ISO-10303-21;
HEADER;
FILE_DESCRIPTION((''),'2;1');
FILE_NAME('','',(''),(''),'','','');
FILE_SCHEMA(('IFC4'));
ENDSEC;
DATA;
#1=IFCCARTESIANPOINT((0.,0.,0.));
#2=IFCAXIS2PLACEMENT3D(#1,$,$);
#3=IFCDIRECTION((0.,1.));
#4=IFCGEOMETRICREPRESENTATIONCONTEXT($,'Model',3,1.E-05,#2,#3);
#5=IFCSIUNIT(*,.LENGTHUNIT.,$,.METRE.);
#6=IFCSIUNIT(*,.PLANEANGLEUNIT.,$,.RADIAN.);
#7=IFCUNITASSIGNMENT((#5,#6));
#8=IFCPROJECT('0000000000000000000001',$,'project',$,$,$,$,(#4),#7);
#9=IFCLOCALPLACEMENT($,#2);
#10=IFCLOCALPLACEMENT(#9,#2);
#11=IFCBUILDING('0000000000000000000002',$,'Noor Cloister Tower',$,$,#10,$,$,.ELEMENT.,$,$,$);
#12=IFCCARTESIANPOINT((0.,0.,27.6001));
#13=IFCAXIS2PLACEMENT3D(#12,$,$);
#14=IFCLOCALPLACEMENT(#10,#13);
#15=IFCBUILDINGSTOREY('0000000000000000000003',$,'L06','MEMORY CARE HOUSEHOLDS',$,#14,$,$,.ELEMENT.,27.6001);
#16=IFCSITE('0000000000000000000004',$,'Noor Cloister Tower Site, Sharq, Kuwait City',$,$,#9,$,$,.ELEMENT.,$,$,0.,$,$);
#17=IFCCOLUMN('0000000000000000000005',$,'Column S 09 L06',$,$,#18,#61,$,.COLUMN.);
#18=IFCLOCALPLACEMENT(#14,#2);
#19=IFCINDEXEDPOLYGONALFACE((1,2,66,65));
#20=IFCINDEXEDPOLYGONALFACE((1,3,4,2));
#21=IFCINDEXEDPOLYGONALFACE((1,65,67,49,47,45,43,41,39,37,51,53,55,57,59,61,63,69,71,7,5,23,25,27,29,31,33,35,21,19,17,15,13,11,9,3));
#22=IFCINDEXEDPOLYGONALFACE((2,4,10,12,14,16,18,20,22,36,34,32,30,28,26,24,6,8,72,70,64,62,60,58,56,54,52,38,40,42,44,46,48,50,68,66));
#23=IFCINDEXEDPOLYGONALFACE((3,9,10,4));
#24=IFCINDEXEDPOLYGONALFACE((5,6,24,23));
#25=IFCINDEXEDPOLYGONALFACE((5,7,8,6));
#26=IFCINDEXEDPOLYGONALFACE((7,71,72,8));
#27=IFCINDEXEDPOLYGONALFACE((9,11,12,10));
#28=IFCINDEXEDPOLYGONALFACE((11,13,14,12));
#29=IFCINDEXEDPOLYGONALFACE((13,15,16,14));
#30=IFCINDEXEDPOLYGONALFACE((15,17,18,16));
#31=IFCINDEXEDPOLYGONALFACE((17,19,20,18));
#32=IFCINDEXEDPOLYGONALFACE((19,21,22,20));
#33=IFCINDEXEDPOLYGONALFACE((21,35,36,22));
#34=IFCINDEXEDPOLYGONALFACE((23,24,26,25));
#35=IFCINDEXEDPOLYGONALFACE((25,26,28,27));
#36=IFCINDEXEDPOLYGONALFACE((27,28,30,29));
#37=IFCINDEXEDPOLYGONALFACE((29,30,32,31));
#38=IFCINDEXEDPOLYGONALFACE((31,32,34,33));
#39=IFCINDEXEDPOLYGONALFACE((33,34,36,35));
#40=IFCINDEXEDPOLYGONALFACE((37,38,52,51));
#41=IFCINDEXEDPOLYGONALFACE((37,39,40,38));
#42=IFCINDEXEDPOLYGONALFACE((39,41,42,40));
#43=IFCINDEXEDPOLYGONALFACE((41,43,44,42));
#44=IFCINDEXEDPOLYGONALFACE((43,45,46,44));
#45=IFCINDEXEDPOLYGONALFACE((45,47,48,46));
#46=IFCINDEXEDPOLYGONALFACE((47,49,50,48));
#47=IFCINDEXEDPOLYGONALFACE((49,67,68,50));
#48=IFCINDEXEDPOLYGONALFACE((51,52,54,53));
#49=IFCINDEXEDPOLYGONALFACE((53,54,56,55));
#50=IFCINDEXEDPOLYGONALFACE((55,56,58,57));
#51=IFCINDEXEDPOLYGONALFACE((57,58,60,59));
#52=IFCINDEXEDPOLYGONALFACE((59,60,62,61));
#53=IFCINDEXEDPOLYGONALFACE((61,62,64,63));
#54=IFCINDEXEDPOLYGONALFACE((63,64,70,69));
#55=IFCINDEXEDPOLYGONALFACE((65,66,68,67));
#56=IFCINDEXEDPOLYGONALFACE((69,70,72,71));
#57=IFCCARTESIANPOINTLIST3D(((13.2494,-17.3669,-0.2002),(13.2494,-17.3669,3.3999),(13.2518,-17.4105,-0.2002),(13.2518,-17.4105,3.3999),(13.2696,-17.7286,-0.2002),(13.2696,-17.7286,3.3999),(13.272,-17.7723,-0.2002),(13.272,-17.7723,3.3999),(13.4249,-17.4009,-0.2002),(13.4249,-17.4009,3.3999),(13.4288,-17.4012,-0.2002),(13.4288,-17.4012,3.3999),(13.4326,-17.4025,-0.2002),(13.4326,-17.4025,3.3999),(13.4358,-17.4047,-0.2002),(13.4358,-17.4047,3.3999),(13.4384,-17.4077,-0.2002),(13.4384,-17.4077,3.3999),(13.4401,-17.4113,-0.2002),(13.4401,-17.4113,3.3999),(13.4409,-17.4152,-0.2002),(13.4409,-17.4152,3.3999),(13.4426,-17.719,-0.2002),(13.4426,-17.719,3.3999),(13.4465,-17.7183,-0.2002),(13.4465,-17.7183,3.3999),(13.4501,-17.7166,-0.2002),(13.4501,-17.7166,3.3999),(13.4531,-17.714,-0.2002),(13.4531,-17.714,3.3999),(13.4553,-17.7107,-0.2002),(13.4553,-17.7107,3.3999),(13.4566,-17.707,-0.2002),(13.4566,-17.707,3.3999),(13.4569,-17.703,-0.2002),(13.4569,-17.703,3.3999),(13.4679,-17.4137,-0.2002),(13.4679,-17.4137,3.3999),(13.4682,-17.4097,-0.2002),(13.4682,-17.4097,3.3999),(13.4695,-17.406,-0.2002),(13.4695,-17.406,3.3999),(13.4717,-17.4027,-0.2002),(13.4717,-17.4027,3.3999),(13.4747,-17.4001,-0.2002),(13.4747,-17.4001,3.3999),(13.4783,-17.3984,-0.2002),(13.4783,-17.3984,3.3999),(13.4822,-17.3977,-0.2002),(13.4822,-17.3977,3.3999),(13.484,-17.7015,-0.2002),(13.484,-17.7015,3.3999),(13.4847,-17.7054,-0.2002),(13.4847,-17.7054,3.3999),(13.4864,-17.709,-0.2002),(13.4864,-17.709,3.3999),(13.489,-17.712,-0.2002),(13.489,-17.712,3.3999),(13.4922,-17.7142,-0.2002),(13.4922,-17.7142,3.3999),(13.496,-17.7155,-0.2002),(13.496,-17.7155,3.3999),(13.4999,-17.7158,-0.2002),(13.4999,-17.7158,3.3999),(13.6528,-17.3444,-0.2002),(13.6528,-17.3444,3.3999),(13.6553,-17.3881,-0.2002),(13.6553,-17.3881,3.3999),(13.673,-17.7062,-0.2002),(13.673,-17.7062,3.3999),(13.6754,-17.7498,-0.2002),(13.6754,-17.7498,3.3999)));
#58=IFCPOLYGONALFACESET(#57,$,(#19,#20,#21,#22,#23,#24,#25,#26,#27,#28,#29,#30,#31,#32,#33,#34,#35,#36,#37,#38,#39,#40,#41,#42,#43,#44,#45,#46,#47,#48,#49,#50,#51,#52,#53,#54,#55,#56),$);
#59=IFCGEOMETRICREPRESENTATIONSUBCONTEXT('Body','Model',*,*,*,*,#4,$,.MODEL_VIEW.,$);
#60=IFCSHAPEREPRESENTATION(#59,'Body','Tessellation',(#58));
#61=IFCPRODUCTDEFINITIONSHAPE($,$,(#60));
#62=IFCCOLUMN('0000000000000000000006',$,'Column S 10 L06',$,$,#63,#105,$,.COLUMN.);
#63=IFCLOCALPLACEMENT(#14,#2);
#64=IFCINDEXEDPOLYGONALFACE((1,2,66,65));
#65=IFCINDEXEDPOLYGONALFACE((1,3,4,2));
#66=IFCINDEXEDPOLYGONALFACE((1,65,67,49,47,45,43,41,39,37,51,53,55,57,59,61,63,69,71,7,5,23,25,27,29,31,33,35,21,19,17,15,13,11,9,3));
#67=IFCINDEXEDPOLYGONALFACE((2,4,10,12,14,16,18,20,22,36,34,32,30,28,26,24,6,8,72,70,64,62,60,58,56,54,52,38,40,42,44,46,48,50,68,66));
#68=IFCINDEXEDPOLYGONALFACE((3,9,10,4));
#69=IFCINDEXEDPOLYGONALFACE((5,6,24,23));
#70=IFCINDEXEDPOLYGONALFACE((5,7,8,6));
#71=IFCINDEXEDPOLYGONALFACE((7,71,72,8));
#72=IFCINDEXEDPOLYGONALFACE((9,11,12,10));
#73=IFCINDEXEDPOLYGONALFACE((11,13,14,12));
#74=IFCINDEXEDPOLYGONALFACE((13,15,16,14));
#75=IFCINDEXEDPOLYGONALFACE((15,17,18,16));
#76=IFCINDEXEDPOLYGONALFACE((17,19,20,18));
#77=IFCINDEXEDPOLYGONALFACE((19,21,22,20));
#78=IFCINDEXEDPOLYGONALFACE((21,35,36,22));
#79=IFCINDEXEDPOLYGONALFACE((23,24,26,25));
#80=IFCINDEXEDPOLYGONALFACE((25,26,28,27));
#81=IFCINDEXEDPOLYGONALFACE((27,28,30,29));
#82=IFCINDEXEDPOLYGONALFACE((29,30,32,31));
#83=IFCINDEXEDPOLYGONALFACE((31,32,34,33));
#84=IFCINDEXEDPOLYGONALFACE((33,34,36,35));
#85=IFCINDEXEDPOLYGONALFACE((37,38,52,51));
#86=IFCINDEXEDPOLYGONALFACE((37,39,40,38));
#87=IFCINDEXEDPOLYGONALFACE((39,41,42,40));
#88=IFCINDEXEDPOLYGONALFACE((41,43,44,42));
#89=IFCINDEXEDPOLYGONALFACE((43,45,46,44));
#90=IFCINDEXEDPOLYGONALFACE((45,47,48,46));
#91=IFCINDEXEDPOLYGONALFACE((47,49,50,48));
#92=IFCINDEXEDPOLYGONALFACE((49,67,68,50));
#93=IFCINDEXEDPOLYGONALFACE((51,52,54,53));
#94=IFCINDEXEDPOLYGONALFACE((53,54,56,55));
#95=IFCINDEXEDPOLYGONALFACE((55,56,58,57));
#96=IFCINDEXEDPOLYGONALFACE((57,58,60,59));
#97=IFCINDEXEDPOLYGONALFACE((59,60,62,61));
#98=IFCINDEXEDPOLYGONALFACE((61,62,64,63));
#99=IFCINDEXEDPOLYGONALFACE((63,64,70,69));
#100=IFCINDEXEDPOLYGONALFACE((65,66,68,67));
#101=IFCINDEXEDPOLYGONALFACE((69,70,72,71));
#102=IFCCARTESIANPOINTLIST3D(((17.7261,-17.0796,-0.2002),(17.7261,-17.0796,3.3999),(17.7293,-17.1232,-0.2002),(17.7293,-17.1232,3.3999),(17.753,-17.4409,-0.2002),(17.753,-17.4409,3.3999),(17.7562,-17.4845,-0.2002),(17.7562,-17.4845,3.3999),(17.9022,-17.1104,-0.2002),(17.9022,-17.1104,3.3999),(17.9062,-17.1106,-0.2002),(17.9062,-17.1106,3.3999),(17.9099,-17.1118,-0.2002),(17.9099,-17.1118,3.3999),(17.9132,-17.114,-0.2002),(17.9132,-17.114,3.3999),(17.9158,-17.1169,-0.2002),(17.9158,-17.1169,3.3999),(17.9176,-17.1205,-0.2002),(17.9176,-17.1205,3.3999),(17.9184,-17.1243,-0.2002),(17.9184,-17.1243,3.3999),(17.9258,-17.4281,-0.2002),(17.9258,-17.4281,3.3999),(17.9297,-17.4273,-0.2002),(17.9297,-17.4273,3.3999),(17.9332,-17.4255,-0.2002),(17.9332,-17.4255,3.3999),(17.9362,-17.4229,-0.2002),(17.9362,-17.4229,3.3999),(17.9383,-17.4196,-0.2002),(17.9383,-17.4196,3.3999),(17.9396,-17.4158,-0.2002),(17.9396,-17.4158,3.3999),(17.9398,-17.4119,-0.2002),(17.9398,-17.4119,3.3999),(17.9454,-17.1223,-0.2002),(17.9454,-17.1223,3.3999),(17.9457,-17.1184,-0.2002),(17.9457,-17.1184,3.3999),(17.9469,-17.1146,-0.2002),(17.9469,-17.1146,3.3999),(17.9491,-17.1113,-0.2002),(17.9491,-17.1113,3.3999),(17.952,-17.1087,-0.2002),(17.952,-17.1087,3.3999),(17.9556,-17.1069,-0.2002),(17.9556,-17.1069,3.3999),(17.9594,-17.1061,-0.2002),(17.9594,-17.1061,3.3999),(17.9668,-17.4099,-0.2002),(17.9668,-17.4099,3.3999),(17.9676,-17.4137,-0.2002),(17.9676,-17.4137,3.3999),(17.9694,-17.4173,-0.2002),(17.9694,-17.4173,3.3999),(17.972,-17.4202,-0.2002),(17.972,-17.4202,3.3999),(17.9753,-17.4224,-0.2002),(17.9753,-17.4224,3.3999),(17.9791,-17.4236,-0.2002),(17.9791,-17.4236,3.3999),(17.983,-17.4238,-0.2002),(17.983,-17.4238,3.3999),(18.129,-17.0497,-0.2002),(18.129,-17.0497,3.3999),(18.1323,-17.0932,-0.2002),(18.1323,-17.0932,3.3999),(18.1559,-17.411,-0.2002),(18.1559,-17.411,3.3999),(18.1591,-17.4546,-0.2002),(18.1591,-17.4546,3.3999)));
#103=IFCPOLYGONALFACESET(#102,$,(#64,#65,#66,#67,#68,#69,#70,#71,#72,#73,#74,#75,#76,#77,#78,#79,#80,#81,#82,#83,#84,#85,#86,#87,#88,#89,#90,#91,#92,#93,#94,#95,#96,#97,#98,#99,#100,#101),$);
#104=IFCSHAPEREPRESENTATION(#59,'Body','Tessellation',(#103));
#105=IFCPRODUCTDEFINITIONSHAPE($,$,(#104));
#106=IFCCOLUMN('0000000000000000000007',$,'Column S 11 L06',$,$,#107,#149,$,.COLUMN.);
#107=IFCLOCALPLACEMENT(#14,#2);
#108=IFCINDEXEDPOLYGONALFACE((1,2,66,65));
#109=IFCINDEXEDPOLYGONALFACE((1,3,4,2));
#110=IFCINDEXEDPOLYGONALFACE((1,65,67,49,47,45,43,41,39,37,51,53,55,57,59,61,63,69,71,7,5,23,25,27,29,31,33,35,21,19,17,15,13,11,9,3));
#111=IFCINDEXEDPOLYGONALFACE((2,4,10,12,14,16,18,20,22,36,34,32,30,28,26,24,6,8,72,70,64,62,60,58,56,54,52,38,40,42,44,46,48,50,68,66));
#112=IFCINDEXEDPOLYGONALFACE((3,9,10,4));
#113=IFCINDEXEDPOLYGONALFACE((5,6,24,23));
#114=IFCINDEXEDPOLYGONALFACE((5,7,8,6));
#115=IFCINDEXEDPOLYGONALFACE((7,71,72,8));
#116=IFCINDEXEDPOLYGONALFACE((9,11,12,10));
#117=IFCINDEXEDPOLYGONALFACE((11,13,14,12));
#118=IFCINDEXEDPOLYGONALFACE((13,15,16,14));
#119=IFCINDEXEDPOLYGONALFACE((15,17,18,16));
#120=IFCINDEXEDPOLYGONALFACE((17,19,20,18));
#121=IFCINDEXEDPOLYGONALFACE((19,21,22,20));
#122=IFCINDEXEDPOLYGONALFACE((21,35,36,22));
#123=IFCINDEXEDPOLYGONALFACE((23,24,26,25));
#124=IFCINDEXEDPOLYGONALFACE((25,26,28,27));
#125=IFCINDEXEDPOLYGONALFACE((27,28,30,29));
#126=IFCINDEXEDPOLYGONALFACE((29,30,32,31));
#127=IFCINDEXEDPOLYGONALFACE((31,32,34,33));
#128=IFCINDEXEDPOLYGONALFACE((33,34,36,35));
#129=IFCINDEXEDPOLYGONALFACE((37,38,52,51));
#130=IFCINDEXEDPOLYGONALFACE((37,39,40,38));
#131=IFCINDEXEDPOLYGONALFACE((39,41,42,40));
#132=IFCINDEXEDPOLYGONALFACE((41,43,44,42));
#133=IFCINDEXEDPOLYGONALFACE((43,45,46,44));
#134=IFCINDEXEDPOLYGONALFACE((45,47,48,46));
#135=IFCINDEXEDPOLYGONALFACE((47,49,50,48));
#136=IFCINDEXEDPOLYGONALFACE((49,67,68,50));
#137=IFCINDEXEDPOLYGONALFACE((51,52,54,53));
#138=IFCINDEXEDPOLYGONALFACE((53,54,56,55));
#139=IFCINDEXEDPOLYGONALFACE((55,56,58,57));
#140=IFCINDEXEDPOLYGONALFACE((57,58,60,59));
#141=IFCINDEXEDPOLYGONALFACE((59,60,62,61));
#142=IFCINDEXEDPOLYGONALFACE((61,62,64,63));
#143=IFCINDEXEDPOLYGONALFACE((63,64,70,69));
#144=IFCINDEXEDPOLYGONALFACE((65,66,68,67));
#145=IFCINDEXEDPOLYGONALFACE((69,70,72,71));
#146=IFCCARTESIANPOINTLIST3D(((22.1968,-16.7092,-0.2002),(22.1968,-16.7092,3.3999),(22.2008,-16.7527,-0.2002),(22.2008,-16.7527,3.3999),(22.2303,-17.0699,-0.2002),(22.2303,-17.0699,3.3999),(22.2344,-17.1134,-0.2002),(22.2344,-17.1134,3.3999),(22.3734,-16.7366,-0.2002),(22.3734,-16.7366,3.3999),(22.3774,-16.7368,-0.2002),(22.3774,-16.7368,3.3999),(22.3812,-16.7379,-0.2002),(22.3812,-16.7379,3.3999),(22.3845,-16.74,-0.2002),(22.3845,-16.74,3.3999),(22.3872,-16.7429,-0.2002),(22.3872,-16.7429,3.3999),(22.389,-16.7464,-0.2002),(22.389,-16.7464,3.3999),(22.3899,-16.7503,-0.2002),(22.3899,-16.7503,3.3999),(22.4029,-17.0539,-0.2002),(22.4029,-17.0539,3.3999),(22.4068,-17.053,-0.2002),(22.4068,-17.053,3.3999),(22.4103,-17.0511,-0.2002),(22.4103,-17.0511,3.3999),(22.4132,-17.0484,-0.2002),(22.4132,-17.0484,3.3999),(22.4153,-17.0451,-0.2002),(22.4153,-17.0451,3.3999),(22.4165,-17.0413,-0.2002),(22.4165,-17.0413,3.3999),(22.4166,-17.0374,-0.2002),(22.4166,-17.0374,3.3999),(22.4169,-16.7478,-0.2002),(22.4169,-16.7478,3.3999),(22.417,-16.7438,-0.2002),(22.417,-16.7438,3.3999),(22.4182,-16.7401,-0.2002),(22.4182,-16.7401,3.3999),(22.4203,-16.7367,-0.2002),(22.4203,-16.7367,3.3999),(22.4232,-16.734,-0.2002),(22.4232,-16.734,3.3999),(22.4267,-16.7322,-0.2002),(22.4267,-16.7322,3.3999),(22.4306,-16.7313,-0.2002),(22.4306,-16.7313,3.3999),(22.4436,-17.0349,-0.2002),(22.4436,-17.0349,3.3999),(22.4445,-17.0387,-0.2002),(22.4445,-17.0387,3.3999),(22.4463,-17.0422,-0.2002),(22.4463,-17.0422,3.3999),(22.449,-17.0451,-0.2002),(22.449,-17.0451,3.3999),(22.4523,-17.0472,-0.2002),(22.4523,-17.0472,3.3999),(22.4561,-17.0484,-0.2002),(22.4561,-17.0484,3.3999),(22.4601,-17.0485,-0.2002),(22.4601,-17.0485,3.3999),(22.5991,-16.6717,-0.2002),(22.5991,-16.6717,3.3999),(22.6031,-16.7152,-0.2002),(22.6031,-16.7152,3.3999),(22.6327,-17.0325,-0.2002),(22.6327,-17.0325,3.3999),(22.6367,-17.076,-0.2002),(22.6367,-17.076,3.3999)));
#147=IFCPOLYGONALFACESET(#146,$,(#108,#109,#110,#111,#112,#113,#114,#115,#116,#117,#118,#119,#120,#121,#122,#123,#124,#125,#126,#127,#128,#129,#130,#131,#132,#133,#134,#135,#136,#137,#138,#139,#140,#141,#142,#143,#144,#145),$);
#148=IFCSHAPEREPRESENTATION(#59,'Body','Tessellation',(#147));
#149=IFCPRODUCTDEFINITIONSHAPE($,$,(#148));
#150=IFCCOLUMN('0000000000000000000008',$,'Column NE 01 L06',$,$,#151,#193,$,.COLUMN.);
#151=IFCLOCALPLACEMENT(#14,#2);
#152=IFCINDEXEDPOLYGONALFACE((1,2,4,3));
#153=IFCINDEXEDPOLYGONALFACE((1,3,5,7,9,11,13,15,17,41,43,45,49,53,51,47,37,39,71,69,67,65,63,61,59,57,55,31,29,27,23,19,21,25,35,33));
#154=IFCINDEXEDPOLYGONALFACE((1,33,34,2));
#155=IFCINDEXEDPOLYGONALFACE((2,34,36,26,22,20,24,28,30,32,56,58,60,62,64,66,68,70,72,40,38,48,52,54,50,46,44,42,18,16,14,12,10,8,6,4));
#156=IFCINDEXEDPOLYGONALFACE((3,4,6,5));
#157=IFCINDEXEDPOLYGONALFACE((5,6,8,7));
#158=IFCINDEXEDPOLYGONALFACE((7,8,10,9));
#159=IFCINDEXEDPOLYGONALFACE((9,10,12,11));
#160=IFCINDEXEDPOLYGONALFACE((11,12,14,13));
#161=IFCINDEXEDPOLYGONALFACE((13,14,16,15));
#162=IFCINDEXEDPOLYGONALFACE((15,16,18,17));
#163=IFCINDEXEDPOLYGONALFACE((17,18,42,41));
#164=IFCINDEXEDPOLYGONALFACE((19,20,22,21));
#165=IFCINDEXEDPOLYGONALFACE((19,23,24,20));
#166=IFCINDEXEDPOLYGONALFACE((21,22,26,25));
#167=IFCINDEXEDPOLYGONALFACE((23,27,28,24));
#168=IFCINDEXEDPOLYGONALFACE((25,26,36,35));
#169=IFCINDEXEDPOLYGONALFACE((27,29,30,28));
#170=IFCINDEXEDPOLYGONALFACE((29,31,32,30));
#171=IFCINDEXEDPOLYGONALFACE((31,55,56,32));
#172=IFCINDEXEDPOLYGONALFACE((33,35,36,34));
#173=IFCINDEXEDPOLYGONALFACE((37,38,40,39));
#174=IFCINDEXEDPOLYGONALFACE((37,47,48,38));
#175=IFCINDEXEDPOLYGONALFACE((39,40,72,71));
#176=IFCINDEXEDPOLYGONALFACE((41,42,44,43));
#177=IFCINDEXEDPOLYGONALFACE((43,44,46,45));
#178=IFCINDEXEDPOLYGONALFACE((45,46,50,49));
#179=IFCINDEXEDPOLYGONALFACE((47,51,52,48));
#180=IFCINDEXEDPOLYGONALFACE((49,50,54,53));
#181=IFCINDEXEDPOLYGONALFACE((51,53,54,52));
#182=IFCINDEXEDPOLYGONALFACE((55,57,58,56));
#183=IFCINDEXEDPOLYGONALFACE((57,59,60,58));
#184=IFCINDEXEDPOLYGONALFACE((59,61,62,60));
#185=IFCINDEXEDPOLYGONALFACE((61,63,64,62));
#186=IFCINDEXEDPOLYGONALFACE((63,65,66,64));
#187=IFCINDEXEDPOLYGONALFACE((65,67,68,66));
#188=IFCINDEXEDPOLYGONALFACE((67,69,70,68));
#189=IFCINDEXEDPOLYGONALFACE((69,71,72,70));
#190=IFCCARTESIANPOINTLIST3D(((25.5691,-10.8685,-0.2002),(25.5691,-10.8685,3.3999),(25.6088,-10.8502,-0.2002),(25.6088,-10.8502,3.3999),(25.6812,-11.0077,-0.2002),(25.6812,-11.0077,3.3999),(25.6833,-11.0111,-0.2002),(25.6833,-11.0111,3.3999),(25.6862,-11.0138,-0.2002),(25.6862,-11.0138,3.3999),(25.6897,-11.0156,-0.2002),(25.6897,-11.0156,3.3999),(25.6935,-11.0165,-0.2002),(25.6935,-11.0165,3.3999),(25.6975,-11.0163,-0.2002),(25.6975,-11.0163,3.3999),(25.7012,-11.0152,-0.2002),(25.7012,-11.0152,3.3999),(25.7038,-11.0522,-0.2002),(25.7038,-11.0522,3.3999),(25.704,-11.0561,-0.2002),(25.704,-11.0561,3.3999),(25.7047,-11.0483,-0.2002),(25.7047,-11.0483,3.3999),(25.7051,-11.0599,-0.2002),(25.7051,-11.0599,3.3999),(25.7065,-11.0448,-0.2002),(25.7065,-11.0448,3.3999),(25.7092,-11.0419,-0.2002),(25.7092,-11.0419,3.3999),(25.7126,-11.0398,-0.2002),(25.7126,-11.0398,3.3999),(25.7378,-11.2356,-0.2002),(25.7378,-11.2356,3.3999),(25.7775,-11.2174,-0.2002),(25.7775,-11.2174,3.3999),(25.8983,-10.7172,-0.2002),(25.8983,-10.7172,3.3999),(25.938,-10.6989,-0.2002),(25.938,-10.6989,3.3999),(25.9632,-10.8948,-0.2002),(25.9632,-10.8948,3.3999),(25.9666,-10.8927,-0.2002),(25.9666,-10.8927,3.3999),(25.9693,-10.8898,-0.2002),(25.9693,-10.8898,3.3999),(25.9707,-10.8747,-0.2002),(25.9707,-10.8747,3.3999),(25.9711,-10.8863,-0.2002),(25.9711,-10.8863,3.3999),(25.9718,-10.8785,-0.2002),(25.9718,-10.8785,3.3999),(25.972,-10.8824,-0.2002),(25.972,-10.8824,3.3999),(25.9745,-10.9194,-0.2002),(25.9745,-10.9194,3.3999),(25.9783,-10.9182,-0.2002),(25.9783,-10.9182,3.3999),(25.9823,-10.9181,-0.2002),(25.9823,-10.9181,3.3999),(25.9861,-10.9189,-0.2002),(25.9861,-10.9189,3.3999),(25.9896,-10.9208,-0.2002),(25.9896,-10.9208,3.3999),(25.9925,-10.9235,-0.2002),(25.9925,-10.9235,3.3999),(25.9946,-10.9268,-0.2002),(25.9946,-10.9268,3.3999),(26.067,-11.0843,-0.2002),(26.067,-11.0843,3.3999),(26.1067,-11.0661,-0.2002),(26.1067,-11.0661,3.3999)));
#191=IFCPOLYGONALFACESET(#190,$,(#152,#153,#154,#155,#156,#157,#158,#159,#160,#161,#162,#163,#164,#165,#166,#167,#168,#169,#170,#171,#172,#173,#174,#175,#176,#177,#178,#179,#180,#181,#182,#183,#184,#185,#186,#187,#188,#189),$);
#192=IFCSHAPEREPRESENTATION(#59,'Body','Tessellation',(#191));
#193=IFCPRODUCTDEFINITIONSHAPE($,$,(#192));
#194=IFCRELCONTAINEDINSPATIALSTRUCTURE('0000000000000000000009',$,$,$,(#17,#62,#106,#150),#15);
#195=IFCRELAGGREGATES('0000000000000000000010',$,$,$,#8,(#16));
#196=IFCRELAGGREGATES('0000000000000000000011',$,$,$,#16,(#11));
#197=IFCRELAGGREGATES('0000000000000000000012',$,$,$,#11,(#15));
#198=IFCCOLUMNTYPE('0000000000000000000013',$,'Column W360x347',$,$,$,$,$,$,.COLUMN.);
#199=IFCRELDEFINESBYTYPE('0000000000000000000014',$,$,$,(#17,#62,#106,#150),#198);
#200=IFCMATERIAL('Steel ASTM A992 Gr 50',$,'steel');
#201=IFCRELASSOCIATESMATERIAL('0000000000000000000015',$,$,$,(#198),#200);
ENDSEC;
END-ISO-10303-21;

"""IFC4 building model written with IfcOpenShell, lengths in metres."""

from ifc_helpers import new_model, si_unit, direction, frame, origin, origin_2d, place, context, subcontext, project, spatial, i_section, extrude, material, material_profile, profile_set, type_object, element, save


model = new_model("IFC4")

# Units and contexts
model_context = context("Model", 3, precision=1e-05, world=origin(), true_north=direction((0.0, 1.0)))
body_context = subcontext(model_context, "Body", "Model", "MODEL_VIEW")
ifc_project = project(units=[si_unit("LENGTHUNIT", "METRE"), si_unit("PLANEANGLEUNIT", "RADIAN")], contexts=[model_context])

# Site, building, storey
site_placement = place(None, origin())
site = spatial("IfcSite", under=ifc_project, at=site_placement, Name="Noor Cloister Tower Site, Sharq, Kuwait City", CompositionType="ELEMENT", RefElevation=0.0)
building_placement = place(site_placement, origin())
building = spatial("IfcBuilding", under=site, at=building_placement, Name="Noor Cloister Tower", CompositionType="ELEMENT")
storey_placement = place(building_placement, frame((0.0, 0.0, 27.6001)))
storey = spatial("IfcBuildingStorey", under=building, at=storey_placement, Name="L06", Description="MEMORY CARE HOUSEHOLDS", CompositionType="ELEMENT", Elevation=27.6001)

# Columns
ifc_material_1 = material(Name="Steel ASTM A992 Gr 50", Category="steel")
ifc_material_profile_1 = material_profile(ifc_material_1, i_section(OverallWidth=0.4041, OverallDepth=0.406, WebThickness=0.0271, FlangeThickness=0.0437, FilletRadius=0.0151, at=origin_2d()), Name="W360x347")
ifc_profile_set_1 = profile_set([ifc_material_profile_1], Name="Steel ASTM A992 Gr 50")
column_type_1 = type_object("IfcColumnType", Name="Column W360x347", PredefinedType="COLUMN", material=ifc_profile_set_1)
for number, where, z_axis, x_axis, name in (
    (1, (13.4624, -17.5583, -0.2002), (0.0, 0.0, 1.0), (0.998451, 0.055633, 0.0), "Column S 09 L06"),
    (2, (17.9426, -17.2671, -0.2002), (0.0, 0.0, 1.0), (0.997247, 0.074147, 0.0), "Column S 10 L06"),
    (3, (22.4167, -16.8926, -0.2002), (0.0, 0.0, 1.0), (0.9957, 0.092636, 0.0), "Column S 11 L06"),
    (4, (25.8379, -10.9673, -0.2002), (0.0, 0.0, 1.0), (-0.417624, 0.90862, 0.0), "Column NE 01 L06"),
):
    element("IfcColumn", number, at=place(storey_placement, frame(where, z_axis=z_axis, x_axis=x_axis)), inside=storey, type_object=column_type_1, Name=name, PredefinedType="COLUMN", context=body_context, shape_type="SweptSolid", body=[
        extrude(i_section(OverallWidth=0.4041, OverallDepth=0.406, WebThickness=0.0271, FlangeThickness=0.0437, FilletRadius=0.0151, at=origin_2d()), origin(), (0.0, 0.0, 1.0), 3.6001),
    ])

save(model, "model.ifc")
